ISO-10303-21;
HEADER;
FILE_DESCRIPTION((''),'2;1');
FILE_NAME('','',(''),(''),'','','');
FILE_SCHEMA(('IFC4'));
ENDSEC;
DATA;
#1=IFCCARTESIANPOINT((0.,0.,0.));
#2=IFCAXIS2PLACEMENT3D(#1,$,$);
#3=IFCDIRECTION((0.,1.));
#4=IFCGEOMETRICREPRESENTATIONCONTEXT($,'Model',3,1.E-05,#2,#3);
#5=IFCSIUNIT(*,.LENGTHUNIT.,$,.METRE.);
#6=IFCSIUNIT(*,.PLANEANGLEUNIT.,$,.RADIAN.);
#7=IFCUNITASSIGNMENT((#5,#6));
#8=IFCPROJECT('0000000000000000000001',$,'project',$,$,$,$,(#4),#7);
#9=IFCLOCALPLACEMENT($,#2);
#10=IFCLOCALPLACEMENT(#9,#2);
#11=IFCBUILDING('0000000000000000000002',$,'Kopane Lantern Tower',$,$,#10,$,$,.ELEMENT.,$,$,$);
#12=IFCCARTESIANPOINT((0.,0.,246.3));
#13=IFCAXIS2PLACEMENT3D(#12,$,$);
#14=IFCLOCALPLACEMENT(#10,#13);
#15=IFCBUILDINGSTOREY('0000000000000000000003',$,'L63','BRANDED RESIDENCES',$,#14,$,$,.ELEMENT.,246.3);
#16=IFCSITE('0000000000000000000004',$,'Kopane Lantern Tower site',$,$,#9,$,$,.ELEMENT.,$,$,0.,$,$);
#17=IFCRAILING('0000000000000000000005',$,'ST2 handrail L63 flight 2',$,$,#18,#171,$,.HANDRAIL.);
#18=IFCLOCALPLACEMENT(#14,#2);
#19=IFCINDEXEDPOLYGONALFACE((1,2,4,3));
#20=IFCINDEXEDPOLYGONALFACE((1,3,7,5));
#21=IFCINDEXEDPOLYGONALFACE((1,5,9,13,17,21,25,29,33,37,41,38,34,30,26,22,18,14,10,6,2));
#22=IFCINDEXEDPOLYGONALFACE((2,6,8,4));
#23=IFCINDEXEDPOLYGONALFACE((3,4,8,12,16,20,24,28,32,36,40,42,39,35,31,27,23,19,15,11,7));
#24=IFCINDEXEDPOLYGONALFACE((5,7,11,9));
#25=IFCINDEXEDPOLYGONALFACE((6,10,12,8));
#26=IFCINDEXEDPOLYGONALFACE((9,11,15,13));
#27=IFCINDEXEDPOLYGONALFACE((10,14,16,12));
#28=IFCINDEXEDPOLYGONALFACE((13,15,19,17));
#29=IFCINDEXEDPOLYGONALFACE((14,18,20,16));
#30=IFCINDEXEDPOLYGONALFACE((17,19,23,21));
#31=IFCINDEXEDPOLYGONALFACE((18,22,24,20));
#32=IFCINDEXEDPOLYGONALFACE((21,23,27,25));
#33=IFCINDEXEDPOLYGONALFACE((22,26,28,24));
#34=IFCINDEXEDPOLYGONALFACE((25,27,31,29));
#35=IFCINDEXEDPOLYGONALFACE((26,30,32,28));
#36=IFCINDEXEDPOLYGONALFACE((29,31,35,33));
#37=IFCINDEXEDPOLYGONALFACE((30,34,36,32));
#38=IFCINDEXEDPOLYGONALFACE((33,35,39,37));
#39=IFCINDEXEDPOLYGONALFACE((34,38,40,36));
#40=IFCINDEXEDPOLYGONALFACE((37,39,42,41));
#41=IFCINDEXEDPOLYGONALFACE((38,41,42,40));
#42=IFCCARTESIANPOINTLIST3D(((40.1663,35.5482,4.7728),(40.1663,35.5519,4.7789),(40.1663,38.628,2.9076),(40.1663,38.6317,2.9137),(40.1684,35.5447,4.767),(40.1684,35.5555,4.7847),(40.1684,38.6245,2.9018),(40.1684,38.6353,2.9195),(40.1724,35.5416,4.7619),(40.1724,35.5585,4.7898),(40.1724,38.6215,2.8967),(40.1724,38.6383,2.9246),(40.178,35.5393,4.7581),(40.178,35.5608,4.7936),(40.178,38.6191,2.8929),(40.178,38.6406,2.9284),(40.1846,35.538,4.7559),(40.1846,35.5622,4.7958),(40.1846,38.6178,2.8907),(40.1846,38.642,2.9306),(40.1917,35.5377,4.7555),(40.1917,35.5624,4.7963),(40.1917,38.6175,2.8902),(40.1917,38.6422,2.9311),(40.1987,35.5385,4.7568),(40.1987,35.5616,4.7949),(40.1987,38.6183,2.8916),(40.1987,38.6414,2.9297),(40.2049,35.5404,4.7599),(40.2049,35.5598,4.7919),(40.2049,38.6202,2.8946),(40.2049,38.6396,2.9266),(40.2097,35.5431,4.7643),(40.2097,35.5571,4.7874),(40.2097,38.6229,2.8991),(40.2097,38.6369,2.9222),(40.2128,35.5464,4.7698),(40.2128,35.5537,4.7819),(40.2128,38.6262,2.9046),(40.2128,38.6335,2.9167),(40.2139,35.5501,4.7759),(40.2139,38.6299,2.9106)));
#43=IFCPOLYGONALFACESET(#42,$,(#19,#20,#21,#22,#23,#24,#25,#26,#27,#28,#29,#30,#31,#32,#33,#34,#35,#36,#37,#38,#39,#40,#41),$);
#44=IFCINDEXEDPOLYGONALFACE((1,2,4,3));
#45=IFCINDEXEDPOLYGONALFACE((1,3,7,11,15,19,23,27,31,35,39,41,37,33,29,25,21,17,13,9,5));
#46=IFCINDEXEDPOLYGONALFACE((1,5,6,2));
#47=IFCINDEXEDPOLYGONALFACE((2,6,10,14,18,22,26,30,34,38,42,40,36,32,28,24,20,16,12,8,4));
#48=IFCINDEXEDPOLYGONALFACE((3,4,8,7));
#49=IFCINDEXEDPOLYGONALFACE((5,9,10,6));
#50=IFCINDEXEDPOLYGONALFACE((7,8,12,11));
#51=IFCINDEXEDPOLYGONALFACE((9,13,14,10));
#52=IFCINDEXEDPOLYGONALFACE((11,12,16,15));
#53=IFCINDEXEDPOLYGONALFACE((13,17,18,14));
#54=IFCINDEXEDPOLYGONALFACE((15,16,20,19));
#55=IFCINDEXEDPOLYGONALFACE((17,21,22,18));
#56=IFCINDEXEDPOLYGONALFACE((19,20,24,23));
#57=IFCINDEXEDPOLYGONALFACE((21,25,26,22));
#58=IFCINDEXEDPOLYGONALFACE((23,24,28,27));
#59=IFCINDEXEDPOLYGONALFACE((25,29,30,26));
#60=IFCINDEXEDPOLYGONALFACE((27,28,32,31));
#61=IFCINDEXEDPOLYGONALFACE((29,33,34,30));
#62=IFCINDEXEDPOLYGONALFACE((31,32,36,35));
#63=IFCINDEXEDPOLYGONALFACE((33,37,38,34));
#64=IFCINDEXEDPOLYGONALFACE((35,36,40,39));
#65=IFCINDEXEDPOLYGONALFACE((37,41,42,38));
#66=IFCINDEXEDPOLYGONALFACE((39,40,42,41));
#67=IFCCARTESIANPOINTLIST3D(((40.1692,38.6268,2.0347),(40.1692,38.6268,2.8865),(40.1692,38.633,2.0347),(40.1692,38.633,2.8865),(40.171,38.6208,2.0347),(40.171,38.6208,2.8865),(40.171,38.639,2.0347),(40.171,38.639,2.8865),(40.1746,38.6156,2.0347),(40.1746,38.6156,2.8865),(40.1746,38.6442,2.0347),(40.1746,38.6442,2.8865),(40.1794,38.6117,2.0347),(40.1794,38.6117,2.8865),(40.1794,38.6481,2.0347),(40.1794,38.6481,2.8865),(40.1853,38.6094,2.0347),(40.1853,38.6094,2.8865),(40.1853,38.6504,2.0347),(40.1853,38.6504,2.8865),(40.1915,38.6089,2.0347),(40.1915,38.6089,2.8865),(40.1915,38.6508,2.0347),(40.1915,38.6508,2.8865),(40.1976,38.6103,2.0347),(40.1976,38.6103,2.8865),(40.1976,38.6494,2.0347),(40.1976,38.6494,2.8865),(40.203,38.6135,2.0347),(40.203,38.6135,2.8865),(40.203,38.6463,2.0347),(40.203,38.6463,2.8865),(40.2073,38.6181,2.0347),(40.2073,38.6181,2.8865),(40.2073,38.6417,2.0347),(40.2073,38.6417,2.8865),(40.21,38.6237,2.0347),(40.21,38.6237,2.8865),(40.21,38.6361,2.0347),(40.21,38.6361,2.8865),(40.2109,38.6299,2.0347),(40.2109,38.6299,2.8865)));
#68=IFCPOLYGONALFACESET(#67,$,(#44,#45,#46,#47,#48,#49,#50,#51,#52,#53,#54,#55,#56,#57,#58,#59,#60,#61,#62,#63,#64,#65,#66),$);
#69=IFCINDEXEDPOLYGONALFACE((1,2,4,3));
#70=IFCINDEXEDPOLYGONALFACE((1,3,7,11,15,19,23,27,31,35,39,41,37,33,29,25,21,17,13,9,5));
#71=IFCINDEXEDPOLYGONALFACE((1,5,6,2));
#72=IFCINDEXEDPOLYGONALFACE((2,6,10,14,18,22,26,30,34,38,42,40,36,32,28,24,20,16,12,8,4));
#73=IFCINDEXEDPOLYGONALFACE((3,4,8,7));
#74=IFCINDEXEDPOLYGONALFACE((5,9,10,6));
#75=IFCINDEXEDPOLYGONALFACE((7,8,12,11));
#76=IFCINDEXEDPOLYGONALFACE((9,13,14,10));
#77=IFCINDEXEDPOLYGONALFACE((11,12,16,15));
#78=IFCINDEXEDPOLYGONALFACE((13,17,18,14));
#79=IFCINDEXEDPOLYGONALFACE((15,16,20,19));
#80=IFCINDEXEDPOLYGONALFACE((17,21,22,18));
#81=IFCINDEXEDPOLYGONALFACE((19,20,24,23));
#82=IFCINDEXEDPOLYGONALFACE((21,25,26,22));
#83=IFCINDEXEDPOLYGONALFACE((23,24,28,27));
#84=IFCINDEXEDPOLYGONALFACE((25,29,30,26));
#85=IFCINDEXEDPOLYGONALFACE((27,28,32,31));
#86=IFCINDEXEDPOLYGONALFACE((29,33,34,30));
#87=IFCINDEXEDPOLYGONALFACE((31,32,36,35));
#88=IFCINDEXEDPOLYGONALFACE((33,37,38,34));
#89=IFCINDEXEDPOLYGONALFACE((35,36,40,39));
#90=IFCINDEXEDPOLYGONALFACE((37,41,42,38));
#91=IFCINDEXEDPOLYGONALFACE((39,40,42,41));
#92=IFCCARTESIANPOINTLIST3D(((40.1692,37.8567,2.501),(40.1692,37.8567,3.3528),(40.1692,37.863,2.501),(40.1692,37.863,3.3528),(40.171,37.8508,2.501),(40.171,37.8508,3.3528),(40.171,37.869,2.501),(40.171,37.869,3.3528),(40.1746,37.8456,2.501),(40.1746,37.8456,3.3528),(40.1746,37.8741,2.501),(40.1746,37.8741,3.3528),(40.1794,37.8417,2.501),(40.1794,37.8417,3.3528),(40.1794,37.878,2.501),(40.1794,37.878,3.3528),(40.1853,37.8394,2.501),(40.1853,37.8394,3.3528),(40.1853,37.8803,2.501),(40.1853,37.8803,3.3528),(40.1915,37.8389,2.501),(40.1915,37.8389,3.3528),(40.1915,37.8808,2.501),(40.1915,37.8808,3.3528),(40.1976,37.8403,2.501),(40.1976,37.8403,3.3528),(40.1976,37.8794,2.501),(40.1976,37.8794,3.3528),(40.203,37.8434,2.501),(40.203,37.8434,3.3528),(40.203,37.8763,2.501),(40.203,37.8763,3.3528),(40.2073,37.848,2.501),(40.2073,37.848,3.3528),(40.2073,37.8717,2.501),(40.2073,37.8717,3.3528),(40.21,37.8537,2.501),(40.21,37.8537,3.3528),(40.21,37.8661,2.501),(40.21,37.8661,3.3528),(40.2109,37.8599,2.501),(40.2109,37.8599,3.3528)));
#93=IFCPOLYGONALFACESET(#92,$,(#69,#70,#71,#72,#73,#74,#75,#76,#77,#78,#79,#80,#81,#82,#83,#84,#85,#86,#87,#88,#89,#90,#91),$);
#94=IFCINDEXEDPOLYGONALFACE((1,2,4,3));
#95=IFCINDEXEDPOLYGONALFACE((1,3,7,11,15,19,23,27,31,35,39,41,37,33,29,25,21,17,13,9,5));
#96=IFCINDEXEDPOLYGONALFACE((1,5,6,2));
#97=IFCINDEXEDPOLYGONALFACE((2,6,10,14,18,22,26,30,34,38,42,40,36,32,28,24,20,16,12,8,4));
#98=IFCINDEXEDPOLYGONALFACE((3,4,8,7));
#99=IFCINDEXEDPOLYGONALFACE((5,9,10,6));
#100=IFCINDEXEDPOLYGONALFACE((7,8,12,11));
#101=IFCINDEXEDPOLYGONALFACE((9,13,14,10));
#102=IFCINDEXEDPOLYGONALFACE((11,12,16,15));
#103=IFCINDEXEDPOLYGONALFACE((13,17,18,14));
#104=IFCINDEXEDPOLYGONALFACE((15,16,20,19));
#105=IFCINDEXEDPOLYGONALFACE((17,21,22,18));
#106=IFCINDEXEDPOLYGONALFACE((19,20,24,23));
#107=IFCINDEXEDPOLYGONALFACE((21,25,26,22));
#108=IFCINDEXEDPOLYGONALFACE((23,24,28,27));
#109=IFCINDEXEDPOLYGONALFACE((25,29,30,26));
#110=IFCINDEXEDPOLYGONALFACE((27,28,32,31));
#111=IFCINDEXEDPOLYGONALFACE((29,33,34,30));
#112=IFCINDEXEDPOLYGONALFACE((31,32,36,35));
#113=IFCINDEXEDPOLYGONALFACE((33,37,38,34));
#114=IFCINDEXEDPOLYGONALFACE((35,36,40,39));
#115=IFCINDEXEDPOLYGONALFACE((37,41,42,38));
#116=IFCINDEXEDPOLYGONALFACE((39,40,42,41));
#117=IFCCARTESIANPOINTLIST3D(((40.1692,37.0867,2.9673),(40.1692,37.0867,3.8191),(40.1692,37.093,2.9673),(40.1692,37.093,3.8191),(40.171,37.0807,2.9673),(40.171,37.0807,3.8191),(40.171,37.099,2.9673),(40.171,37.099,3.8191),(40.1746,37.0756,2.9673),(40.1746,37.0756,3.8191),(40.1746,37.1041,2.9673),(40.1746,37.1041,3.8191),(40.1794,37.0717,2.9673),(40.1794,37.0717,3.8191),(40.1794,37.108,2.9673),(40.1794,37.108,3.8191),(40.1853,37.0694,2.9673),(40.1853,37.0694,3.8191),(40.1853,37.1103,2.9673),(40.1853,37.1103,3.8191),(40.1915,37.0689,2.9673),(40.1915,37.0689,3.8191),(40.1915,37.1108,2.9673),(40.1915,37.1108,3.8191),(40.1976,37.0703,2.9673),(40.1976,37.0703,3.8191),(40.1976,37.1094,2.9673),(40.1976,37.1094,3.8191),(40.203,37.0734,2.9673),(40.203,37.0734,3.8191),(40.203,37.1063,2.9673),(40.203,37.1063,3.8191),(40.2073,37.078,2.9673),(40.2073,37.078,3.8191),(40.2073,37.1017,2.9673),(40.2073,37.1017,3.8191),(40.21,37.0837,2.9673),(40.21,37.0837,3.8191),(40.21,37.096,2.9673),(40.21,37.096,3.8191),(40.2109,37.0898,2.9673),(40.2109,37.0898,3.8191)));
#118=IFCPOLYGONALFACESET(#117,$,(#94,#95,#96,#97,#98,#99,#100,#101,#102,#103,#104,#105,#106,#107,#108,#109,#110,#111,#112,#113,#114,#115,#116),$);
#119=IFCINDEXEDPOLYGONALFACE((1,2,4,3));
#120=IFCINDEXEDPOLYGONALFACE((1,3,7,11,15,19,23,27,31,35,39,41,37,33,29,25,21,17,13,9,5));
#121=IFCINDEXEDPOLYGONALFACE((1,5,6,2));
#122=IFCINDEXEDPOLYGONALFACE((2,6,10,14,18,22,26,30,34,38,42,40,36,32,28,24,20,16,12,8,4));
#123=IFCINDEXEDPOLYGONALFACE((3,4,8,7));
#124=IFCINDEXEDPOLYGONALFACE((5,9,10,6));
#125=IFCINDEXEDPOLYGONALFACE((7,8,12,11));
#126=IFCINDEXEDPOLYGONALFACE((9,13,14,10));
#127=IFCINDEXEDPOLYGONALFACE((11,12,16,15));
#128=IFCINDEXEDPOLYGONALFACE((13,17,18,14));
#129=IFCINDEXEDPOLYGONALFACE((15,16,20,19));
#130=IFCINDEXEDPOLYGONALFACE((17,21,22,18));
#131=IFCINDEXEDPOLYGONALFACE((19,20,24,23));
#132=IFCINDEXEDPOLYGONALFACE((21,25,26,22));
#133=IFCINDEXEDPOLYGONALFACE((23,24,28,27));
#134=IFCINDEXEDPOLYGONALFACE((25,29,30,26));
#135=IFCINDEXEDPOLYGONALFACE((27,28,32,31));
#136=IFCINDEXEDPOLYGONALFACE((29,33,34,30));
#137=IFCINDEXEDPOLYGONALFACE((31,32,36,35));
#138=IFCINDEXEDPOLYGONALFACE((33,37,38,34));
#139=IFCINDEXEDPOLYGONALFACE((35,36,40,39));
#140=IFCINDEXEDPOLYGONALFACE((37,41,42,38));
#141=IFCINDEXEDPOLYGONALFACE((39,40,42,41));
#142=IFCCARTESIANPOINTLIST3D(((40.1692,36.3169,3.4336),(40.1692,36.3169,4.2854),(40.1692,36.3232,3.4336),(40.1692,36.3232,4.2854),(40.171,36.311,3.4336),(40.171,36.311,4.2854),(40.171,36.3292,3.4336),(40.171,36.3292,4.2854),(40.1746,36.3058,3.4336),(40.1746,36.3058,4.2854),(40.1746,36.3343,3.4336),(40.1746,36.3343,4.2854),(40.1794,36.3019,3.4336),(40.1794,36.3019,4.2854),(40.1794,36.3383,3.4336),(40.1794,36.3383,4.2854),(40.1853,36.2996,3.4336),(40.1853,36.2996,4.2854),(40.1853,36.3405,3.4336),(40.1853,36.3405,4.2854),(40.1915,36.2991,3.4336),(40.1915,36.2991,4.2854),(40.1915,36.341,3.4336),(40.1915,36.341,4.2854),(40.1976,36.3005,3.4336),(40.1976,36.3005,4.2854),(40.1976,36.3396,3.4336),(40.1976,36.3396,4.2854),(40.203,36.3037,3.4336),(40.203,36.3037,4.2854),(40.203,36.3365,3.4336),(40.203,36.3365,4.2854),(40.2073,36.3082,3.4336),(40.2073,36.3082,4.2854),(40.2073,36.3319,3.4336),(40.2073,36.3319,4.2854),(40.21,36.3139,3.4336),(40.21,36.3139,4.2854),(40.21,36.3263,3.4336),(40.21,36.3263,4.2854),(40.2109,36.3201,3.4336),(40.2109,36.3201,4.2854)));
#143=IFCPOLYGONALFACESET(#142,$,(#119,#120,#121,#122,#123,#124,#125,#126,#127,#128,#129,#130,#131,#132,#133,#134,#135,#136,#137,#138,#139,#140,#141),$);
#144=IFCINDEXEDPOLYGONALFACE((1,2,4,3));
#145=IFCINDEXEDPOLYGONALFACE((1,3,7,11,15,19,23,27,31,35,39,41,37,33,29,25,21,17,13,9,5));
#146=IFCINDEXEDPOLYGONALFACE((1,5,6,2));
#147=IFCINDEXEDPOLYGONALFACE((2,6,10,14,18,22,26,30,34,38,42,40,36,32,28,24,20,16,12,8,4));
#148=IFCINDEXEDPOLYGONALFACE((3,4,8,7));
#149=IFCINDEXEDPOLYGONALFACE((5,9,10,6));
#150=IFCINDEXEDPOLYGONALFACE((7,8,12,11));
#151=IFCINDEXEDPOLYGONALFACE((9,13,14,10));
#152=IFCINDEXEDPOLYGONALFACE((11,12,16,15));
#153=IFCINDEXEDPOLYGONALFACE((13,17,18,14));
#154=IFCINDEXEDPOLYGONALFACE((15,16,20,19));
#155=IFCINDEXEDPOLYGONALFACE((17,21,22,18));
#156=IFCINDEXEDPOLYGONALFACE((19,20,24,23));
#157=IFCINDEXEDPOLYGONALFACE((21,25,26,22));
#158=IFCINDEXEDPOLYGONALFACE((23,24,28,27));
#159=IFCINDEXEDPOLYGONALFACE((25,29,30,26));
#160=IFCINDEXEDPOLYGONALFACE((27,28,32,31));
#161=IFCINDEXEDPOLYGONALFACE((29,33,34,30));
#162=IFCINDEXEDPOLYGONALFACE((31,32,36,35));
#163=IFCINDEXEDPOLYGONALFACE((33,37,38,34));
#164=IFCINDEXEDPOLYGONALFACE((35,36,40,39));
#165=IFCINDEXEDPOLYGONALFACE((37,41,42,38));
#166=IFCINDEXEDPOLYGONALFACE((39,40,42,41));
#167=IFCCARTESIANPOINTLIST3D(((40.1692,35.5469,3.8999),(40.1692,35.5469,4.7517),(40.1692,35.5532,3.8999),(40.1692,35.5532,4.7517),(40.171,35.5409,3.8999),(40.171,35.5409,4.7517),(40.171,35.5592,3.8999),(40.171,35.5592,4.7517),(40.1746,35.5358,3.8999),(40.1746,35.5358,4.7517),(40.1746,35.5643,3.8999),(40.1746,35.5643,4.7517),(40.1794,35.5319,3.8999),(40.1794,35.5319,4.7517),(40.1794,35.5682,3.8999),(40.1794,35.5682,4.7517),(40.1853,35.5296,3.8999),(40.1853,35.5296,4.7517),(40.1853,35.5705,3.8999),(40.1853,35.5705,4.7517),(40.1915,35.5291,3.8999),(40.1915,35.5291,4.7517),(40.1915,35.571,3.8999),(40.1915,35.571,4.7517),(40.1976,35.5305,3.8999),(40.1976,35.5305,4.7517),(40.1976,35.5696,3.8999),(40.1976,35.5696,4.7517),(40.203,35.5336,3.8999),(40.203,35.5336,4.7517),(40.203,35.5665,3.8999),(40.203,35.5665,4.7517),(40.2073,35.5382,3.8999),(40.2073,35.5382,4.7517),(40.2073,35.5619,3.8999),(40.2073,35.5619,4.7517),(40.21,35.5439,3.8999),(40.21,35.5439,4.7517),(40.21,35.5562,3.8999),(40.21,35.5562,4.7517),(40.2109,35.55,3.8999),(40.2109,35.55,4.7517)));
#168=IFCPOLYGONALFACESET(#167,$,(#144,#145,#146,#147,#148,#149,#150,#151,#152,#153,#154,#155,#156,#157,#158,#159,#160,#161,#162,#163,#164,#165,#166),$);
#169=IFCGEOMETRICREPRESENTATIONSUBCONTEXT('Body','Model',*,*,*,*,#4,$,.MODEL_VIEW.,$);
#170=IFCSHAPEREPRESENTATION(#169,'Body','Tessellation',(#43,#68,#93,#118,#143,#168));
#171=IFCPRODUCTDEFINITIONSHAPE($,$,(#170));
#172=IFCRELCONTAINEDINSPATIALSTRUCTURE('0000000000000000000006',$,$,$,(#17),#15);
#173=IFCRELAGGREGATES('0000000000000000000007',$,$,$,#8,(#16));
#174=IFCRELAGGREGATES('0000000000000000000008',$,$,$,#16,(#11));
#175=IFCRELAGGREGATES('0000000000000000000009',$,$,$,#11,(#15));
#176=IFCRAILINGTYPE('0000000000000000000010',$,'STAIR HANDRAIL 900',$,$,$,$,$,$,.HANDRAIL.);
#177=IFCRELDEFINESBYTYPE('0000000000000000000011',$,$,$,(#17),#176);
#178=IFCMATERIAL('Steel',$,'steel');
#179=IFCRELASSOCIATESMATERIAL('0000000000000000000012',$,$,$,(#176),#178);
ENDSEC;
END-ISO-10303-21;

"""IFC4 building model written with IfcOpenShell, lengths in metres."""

from ifc_helpers import new_model, si_unit, direction, frame, origin, origin_2d, place, context, subcontext, project, spatial, circle, extrude, material, type_object, element, save


model = new_model("IFC4")

# Units and contexts
model_context = context("Model", 3, precision=1e-05, world=origin(), true_north=direction((0.0, 1.0)))
body_context = subcontext(model_context, "Body", "Model", "MODEL_VIEW")
ifc_project = project(units=[si_unit("LENGTHUNIT", "METRE"), si_unit("PLANEANGLEUNIT", "RADIAN")], contexts=[model_context])

# Site, building, storey
site_placement = place(None, origin())
site = spatial("IfcSite", under=ifc_project, at=site_placement, Name="Kopane Lantern Tower site", CompositionType="ELEMENT", RefElevation=0.0)
building_placement = place(site_placement, origin())
building = spatial("IfcBuilding", under=site, at=building_placement, Name="Kopane Lantern Tower", CompositionType="ELEMENT")
storey_placement = place(building_placement, frame((0.0, 0.0, 246.3)))
storey = spatial("IfcBuildingStorey", under=building, at=storey_placement, Name="L63", Description="BRANDED RESIDENCES", CompositionType="ELEMENT", Elevation=246.3)

# Railing
ifc_material_1 = material(Name="Steel", Category="steel")
railing_type = type_object("IfcRailingType", Name="STAIR HANDRAIL 900", PredefinedType="HANDRAIL", material=ifc_material_1)
for number, where, name in (
    (1, (40.1899, 38.6299, 2.0347), "ST2 handrail L63 flight 2"),
):
    element("IfcRailing", number, at=place(storey_placement, frame(where)), inside=storey, type_object=railing_type, Name=name, PredefinedType="HANDRAIL", context=body_context, shape_type="SweptSolid", body=[
        extrude(circle(Radius=0.0239, at=origin_2d()), frame((0.0, 0.0, 0.876), z_axis=(0.0, -0.855362, 0.518031), x_axis=(1.0, 0.0, 0.0)), (0.0, 0.0, 1.0), 3.6006),
        extrude(circle(Radius=0.021, at=origin_2d()), origin(), (0.0, 0.0, 1.0), 0.8518),
        extrude(circle(Radius=0.021, at=origin_2d()), frame((0.0, -0.77, 0.4663)), (0.0, 0.0, 1.0), 0.8518),
        extrude(circle(Radius=0.021, at=origin_2d()), frame((0.0, -1.54, 0.9326)), (0.0, 0.0, 1.0), 0.8518),
        extrude(circle(Radius=0.021, at=origin_2d()), frame((0.0, -2.3098, 1.3989)), (0.0, 0.0, 1.0), 0.8518),
        extrude(circle(Radius=0.021, at=origin_2d()), frame((0.0, -3.0798, 1.8652)), (0.0, 0.0, 1.0), 0.8518),
    ])

save(model, "model.ifc")
